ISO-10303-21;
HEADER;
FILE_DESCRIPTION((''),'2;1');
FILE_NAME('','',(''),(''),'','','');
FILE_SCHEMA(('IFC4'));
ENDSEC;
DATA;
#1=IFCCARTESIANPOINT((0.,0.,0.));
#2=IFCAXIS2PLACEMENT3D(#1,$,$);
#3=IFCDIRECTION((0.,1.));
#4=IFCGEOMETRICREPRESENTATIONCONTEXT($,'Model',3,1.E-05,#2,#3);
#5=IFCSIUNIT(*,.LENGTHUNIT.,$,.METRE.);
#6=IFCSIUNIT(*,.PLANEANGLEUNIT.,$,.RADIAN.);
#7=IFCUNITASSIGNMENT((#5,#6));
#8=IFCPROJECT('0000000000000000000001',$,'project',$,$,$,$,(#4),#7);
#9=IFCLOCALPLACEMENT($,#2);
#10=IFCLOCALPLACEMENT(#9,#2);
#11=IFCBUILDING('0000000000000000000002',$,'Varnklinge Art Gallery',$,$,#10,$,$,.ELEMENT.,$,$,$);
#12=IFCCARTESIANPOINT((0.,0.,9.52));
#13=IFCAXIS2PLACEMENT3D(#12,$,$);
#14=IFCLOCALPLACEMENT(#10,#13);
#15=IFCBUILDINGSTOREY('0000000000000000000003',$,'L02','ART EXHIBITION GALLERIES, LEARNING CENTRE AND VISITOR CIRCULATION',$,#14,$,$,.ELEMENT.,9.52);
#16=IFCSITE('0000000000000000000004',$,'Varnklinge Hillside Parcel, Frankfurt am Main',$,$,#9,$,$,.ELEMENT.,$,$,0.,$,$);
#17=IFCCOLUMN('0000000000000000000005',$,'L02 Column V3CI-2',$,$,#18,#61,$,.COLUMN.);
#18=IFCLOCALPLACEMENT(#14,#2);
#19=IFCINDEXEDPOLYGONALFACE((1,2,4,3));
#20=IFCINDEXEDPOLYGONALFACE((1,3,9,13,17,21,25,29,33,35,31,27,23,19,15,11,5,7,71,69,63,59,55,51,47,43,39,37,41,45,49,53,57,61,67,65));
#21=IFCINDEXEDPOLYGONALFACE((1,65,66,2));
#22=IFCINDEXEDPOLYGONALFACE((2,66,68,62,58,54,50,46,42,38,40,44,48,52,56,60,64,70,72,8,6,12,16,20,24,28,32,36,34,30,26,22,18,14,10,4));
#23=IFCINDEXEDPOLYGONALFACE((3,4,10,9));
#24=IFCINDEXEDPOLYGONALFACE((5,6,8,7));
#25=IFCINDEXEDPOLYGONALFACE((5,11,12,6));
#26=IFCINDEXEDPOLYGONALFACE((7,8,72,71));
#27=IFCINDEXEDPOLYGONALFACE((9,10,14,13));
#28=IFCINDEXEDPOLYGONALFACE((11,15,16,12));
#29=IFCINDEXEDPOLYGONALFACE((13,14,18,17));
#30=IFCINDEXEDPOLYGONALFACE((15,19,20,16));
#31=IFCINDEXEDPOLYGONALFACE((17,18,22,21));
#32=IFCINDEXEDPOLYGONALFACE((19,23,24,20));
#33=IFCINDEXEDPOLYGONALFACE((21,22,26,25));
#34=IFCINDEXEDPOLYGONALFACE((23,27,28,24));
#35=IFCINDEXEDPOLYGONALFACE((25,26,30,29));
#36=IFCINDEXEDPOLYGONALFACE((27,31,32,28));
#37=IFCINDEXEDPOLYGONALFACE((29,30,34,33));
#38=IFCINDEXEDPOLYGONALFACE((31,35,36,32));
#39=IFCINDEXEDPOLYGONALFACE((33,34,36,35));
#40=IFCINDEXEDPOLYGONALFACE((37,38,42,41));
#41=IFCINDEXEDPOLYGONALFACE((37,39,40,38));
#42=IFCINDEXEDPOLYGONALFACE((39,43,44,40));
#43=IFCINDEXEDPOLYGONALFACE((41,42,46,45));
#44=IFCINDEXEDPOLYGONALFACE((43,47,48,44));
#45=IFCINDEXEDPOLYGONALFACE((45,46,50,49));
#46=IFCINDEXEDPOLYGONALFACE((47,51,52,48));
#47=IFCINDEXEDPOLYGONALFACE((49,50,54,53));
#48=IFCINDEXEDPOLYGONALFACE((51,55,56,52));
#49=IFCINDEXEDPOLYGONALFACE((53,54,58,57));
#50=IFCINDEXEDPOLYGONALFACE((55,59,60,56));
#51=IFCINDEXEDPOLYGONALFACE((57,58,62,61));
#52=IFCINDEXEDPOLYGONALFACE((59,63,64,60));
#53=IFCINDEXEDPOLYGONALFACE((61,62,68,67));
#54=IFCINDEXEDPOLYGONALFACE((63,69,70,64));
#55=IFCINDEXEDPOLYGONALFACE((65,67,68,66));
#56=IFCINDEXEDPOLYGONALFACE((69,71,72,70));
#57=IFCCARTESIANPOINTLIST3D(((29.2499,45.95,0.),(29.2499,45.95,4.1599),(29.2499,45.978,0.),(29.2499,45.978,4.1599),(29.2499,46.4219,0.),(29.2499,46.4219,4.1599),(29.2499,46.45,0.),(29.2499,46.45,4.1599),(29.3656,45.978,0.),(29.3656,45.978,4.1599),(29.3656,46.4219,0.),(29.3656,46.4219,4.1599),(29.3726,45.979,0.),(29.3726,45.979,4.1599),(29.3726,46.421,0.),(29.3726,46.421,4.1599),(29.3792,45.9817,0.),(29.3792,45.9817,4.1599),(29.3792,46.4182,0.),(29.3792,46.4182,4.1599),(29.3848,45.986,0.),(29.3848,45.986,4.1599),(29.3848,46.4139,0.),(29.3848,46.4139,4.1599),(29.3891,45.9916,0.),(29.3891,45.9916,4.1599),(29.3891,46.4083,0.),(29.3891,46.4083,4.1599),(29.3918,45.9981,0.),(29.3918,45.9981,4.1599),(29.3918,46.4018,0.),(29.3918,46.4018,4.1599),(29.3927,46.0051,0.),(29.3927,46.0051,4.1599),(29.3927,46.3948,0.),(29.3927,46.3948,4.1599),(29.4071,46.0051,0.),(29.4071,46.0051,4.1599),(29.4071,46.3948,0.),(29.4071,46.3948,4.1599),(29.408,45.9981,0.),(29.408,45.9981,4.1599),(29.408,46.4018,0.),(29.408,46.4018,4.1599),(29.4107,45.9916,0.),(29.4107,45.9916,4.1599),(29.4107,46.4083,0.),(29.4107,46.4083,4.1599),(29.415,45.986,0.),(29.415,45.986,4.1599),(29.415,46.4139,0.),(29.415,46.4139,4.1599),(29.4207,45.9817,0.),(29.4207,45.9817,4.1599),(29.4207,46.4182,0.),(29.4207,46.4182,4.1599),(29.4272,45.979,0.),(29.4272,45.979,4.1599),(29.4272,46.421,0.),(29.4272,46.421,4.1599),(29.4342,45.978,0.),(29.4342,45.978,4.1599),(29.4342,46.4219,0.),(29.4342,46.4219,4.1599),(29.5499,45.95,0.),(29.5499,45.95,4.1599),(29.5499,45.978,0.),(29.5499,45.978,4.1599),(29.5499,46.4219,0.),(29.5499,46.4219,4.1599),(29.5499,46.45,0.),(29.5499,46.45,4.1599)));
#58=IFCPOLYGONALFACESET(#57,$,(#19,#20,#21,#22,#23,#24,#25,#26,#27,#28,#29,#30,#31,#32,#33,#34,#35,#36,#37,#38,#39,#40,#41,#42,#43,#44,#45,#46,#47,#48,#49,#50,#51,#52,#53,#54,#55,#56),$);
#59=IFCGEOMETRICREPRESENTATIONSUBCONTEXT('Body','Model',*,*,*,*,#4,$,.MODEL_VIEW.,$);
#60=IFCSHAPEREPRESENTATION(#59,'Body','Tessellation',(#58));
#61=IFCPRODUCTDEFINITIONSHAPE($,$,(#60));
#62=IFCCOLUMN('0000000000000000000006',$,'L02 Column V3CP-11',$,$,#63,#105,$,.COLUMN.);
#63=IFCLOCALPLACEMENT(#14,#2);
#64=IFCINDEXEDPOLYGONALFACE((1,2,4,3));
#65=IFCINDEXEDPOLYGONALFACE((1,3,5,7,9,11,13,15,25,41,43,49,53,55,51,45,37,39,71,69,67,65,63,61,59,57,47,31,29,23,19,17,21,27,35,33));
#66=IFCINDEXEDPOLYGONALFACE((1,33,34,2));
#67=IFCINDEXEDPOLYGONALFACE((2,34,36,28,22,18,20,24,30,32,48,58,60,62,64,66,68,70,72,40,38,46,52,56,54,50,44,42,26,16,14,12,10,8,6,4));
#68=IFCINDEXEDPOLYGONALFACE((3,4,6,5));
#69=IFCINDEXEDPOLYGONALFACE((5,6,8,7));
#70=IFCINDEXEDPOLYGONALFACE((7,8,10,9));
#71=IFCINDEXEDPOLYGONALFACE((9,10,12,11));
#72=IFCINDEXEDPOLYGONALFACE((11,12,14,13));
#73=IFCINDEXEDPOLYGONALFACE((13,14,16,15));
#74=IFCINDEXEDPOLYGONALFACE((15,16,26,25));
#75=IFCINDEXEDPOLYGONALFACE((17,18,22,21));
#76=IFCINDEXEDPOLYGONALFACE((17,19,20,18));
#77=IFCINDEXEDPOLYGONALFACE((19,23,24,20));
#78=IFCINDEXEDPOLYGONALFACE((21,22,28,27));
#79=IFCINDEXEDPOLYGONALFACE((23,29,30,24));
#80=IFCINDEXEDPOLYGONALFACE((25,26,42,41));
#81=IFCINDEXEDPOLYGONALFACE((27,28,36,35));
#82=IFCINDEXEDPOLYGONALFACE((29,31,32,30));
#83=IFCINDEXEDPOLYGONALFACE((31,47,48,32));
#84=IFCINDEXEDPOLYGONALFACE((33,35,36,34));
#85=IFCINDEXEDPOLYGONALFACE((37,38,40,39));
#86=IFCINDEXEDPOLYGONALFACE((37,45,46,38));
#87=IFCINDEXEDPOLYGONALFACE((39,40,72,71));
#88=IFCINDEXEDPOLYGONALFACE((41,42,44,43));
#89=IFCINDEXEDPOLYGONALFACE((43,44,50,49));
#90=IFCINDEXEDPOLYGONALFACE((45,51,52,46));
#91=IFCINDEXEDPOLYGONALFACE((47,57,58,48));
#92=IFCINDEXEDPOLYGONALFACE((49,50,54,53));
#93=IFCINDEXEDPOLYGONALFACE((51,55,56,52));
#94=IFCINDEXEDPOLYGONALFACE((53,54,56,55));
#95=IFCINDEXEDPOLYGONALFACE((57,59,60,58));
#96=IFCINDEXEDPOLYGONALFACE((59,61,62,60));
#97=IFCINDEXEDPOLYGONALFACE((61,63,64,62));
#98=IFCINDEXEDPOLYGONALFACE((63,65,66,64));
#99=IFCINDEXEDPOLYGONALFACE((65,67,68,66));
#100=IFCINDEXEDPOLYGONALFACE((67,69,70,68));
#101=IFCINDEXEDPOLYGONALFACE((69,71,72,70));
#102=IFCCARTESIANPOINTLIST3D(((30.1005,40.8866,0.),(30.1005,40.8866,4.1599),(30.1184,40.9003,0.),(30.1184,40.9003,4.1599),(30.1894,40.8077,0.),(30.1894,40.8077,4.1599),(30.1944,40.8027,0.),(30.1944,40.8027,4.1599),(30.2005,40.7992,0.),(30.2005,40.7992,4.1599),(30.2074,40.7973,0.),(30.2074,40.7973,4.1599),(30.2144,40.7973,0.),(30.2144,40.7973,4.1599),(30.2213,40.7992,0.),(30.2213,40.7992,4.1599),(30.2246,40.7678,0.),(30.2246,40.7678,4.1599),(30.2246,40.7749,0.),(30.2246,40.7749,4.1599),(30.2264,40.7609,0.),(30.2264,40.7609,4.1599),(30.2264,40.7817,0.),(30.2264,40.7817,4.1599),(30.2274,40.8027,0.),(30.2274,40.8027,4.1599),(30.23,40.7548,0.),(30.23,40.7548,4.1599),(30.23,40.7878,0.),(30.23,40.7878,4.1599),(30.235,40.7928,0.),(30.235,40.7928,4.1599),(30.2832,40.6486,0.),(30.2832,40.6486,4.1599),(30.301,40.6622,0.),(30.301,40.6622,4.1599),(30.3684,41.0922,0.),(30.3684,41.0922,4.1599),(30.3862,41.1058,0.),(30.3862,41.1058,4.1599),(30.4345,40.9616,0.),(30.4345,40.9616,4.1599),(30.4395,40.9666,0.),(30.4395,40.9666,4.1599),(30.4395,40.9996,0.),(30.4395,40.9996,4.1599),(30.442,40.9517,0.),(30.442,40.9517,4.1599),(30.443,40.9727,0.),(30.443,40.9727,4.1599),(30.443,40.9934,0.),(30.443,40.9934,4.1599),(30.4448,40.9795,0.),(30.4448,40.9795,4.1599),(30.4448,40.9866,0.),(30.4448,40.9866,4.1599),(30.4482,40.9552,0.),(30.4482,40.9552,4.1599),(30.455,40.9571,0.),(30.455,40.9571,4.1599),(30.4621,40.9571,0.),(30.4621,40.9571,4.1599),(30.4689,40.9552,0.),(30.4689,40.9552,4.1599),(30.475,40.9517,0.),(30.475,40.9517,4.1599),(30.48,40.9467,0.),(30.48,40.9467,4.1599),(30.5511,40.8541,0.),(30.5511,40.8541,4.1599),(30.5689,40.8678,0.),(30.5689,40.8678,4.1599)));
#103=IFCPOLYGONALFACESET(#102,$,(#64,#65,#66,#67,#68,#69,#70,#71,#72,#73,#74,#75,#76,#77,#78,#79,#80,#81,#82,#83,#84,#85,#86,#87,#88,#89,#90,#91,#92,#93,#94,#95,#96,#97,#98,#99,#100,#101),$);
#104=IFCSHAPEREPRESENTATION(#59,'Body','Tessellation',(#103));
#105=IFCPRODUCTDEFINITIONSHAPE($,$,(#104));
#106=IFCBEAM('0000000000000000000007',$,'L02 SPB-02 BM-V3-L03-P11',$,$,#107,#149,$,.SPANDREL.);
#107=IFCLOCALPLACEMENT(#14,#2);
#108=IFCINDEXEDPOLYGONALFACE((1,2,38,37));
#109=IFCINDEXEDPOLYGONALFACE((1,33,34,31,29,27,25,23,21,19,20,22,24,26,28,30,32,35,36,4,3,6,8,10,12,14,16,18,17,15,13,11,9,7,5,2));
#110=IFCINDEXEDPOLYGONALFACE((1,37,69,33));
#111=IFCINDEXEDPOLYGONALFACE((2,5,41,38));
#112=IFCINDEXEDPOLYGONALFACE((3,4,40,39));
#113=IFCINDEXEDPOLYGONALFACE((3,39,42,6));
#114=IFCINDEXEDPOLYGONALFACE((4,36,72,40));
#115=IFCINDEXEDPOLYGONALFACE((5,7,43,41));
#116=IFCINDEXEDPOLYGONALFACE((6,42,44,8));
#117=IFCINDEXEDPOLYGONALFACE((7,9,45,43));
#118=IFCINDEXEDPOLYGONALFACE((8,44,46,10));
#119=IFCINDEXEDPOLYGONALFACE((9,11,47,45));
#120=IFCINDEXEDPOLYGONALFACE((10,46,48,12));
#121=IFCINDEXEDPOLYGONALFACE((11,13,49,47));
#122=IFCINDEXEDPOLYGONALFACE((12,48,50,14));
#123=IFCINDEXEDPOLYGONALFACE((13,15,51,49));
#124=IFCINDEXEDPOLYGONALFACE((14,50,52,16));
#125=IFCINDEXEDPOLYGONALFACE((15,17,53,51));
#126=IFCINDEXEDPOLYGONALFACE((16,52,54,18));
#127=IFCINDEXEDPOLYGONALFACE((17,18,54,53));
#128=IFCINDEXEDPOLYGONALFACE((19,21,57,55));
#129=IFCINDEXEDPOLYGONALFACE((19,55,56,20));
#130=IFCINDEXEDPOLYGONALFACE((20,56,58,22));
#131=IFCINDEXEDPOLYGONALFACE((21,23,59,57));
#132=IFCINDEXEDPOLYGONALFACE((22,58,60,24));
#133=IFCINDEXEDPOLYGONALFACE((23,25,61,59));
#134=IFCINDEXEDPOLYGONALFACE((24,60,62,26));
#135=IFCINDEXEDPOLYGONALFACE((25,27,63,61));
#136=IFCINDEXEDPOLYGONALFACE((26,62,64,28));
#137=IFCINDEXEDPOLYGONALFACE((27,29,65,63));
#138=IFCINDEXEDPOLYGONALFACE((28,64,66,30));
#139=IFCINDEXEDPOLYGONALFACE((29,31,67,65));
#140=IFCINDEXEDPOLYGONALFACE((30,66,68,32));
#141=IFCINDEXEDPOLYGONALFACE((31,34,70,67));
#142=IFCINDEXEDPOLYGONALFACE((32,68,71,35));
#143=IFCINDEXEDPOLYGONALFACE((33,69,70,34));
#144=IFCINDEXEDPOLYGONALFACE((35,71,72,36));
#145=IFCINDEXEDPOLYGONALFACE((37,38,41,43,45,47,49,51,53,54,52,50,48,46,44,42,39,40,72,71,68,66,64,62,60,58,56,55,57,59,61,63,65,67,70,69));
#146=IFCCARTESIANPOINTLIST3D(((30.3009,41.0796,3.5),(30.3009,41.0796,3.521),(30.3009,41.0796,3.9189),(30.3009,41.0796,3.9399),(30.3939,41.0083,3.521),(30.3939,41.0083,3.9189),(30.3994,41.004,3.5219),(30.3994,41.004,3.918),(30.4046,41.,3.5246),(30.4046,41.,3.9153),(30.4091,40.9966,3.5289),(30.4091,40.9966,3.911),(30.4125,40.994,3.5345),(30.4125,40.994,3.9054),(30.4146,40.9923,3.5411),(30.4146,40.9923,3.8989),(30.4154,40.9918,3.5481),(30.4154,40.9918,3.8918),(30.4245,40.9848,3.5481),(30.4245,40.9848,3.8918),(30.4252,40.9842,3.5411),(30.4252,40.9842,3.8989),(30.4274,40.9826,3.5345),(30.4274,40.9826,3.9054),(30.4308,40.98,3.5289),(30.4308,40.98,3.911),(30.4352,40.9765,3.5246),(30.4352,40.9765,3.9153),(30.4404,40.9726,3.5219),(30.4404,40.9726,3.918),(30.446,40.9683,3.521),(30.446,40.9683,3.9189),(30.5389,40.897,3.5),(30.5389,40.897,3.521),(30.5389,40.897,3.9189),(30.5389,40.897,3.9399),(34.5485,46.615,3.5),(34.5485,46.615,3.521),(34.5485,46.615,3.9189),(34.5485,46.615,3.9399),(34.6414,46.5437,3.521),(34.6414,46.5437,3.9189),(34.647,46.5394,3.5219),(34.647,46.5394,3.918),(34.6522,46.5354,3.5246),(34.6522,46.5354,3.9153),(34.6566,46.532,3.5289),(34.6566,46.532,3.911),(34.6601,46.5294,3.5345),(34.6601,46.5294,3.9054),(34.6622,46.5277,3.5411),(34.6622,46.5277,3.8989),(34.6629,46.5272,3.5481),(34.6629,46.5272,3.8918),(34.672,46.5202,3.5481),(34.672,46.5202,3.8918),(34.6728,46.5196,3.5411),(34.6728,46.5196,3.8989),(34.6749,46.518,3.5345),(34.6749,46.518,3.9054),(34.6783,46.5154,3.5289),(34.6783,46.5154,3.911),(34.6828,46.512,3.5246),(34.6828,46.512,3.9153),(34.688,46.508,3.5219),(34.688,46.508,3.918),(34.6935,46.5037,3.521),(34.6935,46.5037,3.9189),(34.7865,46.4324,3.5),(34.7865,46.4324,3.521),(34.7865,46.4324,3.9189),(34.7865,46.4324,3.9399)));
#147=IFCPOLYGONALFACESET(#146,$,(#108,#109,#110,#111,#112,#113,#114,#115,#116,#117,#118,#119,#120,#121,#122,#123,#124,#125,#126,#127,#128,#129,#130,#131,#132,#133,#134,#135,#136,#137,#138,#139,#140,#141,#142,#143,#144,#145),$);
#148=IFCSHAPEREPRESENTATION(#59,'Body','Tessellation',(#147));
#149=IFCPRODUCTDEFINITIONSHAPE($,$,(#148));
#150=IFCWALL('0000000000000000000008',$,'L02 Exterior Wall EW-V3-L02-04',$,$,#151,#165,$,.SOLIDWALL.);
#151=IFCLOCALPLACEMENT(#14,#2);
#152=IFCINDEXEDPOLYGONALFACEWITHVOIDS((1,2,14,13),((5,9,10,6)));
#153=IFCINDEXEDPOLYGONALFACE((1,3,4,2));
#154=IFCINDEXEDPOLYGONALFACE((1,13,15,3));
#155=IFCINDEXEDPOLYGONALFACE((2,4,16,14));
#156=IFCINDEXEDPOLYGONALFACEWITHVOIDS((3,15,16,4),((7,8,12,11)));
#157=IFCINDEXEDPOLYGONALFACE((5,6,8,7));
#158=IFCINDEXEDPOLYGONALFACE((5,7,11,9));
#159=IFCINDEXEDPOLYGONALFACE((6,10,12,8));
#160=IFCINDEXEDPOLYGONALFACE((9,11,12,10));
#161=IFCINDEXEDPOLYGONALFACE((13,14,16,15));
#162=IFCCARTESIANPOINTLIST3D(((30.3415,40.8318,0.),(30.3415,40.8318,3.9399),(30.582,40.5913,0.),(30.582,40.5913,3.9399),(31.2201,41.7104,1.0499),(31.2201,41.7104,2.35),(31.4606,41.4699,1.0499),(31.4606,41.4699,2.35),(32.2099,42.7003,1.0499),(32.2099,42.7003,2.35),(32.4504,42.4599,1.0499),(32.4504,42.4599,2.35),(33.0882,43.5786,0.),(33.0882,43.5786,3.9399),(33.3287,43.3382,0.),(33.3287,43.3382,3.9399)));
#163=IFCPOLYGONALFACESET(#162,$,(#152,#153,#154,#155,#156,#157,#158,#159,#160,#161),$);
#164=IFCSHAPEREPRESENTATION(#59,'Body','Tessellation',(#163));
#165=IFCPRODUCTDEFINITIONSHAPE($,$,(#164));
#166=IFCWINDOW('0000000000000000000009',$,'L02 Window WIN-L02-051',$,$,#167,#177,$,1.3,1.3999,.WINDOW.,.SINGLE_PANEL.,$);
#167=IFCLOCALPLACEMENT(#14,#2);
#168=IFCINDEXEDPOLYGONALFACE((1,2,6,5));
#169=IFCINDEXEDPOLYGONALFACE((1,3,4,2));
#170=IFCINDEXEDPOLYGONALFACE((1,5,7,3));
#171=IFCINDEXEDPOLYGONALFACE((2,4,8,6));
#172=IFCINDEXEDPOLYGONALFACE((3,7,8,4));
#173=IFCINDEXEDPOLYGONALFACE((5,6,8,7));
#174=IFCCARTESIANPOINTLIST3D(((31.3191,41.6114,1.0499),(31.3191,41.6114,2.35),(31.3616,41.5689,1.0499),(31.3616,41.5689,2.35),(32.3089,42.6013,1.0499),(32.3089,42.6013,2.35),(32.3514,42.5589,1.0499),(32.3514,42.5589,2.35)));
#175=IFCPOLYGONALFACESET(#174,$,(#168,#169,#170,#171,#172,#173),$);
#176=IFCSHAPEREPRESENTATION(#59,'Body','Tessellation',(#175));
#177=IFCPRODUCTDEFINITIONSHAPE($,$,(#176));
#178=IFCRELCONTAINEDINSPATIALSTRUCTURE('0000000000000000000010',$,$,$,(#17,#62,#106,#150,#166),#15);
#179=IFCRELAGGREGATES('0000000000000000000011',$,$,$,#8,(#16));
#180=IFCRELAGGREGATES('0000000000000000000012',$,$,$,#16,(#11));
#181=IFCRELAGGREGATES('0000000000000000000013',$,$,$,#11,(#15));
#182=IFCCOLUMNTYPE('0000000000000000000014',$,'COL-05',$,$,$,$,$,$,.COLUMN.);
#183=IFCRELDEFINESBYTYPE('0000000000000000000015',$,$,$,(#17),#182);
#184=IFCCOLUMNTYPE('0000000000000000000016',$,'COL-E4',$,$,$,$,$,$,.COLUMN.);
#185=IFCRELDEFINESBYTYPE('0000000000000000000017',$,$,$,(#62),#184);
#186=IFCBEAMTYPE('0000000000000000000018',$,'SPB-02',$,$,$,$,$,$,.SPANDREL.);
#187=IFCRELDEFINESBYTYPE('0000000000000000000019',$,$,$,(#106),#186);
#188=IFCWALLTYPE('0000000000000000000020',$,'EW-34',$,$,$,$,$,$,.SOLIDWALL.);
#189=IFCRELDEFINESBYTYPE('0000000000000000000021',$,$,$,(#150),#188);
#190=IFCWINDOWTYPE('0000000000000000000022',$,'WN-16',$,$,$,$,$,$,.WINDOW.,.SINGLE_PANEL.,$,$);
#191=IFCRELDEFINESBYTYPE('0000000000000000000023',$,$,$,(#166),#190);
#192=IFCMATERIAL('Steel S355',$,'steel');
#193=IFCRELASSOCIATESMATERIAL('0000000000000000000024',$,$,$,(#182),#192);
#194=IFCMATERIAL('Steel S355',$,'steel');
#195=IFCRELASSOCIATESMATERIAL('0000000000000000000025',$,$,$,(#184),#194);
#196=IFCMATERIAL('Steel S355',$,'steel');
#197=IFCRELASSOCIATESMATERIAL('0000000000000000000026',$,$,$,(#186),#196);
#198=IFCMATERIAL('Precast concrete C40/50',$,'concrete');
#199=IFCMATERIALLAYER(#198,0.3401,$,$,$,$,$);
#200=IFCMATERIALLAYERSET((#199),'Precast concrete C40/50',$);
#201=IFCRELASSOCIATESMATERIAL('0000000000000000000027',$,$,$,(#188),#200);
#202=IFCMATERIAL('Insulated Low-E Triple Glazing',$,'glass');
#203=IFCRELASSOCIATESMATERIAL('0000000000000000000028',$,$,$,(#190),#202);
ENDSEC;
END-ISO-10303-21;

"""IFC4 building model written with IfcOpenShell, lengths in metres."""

from ifc_helpers import new_model, si_unit, direction, frame, frame_2d, origin, origin_2d, place, context, subcontext, project, spatial, rectangle, i_section, extrude, material, layer, layer_set, material_profile, profile_set, type_object, element, fill, save


model = new_model("IFC4")

# Units and contexts
model_context = context("Model", 3, precision=1e-05, world=origin(), true_north=direction((0.0, 1.0)))
body_context = subcontext(model_context, "Body", "Model", "MODEL_VIEW")
ifc_project = project(units=[si_unit("LENGTHUNIT", "METRE"), si_unit("PLANEANGLEUNIT", "RADIAN")], contexts=[model_context])

# Site, building, storey
site_placement = place(None, origin())
site = spatial("IfcSite", under=ifc_project, at=site_placement, Name="Varnklinge Hillside Parcel, Frankfurt am Main", CompositionType="ELEMENT", RefElevation=0.0)
building_placement = place(site_placement, origin())
building = spatial("IfcBuilding", under=site, at=building_placement, Name="Varnklinge Art Gallery", CompositionType="ELEMENT")
storey_placement = place(building_placement, frame((0.0, 0.0, 9.52)))
storey = spatial("IfcBuildingStorey", under=building, at=storey_placement, Name="L02", Description="ART EXHIBITION GALLERIES, LEARNING CENTRE AND VISITOR CIRCULATION", CompositionType="ELEMENT", Elevation=9.52)

# Columns
ifc_material_1 = material(Name="Steel S355", Category="steel")
ifc_material_profile_1 = material_profile(ifc_material_1, i_section(OverallWidth=0.3, OverallDepth=0.5, WebThickness=0.0144, FlangeThickness=0.0281, FilletRadius=0.0271, at=origin_2d()), Name="HEB 500")
ifc_profile_set_1 = profile_set([ifc_material_profile_1], Name="Steel S355")
column_type_1 = type_object("IfcColumnType", Name="COL-05", PredefinedType="COLUMN", material=ifc_profile_set_1)
column_1_placement = place(storey_placement, frame((29.3999, 46.2, 0.0), z_axis=(0.0, 0.0, 1.0), x_axis=(1.0, 0.0, 0.0)))
element("IfcColumn", 1, at=column_1_placement, inside=storey, type_object=column_type_1, Name="L02 Column V3CI-2", PredefinedType="COLUMN", context=body_context, shape_type="SweptSolid", body=[
    extrude(i_section(OverallWidth=0.3, OverallDepth=0.5, WebThickness=0.0144, FlangeThickness=0.0281, FilletRadius=0.0271, at=origin_2d()), origin(), (0.0, 0.0, 1.0), 4.1599),
])
ifc_material_2 = material(Name="Steel S355", Category="steel")
ifc_material_profile_2 = material_profile(ifc_material_2, i_section(OverallWidth=0.3, OverallDepth=0.3601, WebThickness=0.0125, FlangeThickness=0.0225, FilletRadius=0.0271, at=origin_2d()), Name="HEB 360")
ifc_profile_set_2 = profile_set([ifc_material_profile_2], Name="Steel S355")
column_type_2 = type_object("IfcColumnType", Name="COL-E4", PredefinedType="COLUMN", material=ifc_profile_set_2)
column_2_placement = place(storey_placement, frame((30.3347, 40.8772, 0.0), z_axis=(0.0, 0.0, 1.0), x_axis=(0.608761, -0.793353, 0.0)))
element("IfcColumn", 2, at=column_2_placement, inside=storey, type_object=column_type_2, Name="L02 Column V3CP-11", PredefinedType="COLUMN", context=body_context, shape_type="SweptSolid", body=[
    extrude(i_section(OverallWidth=0.3, OverallDepth=0.3601, WebThickness=0.0125, FlangeThickness=0.0225, FilletRadius=0.0271, at=origin_2d()), origin(), (0.0, 0.0, 1.0), 4.1599),
])

# Beam
ifc_material_3 = material(Name="Steel S355", Category="steel")
ifc_material_profile_3 = material_profile(ifc_material_3, i_section(OverallWidth=0.3, OverallDepth=0.4399, WebThickness=0.0115, FlangeThickness=0.021, FilletRadius=0.0271, at=origin_2d()), Name="HEA 450")
ifc_profile_set_3 = profile_set([ifc_material_profile_3], Name="Steel S355")
beam_type = type_object("IfcBeamType", Name="SPB-02", PredefinedType="SPANDREL", material=ifc_profile_set_3)
beam_placement = place(storey_placement, frame((30.4199, 40.9883, 3.72), z_axis=(0.60877, 0.793347, 0.0), x_axis=(-0.793347, 0.60877, 0.0)))
element("IfcBeam", 3, at=beam_placement, inside=storey, type_object=beam_type, Name="L02 SPB-02 BM-V3-L03-P11", PredefinedType="SPANDREL", context=body_context, shape_type="SweptSolid", body=[
    extrude(i_section(OverallWidth=0.3, OverallDepth=0.4399, WebThickness=0.0115, FlangeThickness=0.021, FilletRadius=0.0271, at=origin_2d()), origin(), (0.0, 0.0, 1.0), 6.9773),
])

# Wall, opening, window
ifc_material_4 = material(Name="Precast concrete C40/50", Category="concrete")
ifc_layer_1 = layer(ifc_material_4, 0.3401)
ifc_layer_set_1 = layer_set([ifc_layer_1], Name="Precast concrete C40/50")
wall_type_1 = type_object("IfcWallType", Name="EW-34", PredefinedType="SOLIDWALL", material=ifc_layer_set_1)
wall_1_placement = place(storey_placement, frame((33.2085, 43.4585, 0.0), z_axis=(0.0, 0.0, 1.0), x_axis=(-0.707075, -0.707138, 0.0)))
wall_1 = element("IfcWall", 4, at=wall_1_placement, inside=storey, type_object=wall_type_1, Name="L02 Exterior Wall EW-V3-L02-04", PredefinedType="SOLIDWALL", context=body_context, shape_type="SweptSolid", body=[
    extrude(rectangle(XDim=3.8845, YDim=0.3401, at=frame_2d((1.9424, 0.0))), origin(), (0.0, 0.0, 1.0), 3.9399),
])
opening_1_placement = place(wall_1_placement, frame((1.2422, 0.0, 1.05)))
opening_1 = element("IfcOpeningElement", 5, at=opening_1_placement, cuts=wall_1, PredefinedType="OPENING", context=body_context, shape_type="SweptSolid", body=[
    extrude(rectangle(XDim=1.3999, YDim=1.3, at=frame_2d((0.7, 0.6499))), frame((0.0, 0.1799, 0.0), z_axis=(0.0, -1.0, 0.0), x_axis=(1.0, 0.0, 0.0)), (0.0, 0.0, 1.0), 0.3601),
])
ifc_material_5 = material(Name="Insulated Low-E Triple Glazing", Category="glass")
window_type_1 = type_object("IfcWindowType", Name="WN-16", PartitioningType="SINGLE_PANEL", PredefinedType="WINDOW", material=ifc_material_5)
window_1_placement = place(opening_1_placement, origin())
window_1 = element("IfcWindow", 6, at=window_1_placement, inside=storey, type_object=window_type_1, Name="L02 Window WIN-L02-051", OverallHeight=1.3, OverallWidth=1.3999, PartitioningType="SINGLE_PANEL", PredefinedType="WINDOW", context=body_context, shape_type="SweptSolid", body=[
    extrude(rectangle(XDim=1.3999, YDim=1.3, at=frame_2d((0.7, 0.6499))), frame((0.0, 0.03, 0.0), z_axis=(0.0, -1.0, 0.0), x_axis=(1.0, 0.0, 0.0)), (0.0, 0.0, 1.0), 0.0601),
])
fill(opening_1, window_1)

save(model, "model.ifc")
